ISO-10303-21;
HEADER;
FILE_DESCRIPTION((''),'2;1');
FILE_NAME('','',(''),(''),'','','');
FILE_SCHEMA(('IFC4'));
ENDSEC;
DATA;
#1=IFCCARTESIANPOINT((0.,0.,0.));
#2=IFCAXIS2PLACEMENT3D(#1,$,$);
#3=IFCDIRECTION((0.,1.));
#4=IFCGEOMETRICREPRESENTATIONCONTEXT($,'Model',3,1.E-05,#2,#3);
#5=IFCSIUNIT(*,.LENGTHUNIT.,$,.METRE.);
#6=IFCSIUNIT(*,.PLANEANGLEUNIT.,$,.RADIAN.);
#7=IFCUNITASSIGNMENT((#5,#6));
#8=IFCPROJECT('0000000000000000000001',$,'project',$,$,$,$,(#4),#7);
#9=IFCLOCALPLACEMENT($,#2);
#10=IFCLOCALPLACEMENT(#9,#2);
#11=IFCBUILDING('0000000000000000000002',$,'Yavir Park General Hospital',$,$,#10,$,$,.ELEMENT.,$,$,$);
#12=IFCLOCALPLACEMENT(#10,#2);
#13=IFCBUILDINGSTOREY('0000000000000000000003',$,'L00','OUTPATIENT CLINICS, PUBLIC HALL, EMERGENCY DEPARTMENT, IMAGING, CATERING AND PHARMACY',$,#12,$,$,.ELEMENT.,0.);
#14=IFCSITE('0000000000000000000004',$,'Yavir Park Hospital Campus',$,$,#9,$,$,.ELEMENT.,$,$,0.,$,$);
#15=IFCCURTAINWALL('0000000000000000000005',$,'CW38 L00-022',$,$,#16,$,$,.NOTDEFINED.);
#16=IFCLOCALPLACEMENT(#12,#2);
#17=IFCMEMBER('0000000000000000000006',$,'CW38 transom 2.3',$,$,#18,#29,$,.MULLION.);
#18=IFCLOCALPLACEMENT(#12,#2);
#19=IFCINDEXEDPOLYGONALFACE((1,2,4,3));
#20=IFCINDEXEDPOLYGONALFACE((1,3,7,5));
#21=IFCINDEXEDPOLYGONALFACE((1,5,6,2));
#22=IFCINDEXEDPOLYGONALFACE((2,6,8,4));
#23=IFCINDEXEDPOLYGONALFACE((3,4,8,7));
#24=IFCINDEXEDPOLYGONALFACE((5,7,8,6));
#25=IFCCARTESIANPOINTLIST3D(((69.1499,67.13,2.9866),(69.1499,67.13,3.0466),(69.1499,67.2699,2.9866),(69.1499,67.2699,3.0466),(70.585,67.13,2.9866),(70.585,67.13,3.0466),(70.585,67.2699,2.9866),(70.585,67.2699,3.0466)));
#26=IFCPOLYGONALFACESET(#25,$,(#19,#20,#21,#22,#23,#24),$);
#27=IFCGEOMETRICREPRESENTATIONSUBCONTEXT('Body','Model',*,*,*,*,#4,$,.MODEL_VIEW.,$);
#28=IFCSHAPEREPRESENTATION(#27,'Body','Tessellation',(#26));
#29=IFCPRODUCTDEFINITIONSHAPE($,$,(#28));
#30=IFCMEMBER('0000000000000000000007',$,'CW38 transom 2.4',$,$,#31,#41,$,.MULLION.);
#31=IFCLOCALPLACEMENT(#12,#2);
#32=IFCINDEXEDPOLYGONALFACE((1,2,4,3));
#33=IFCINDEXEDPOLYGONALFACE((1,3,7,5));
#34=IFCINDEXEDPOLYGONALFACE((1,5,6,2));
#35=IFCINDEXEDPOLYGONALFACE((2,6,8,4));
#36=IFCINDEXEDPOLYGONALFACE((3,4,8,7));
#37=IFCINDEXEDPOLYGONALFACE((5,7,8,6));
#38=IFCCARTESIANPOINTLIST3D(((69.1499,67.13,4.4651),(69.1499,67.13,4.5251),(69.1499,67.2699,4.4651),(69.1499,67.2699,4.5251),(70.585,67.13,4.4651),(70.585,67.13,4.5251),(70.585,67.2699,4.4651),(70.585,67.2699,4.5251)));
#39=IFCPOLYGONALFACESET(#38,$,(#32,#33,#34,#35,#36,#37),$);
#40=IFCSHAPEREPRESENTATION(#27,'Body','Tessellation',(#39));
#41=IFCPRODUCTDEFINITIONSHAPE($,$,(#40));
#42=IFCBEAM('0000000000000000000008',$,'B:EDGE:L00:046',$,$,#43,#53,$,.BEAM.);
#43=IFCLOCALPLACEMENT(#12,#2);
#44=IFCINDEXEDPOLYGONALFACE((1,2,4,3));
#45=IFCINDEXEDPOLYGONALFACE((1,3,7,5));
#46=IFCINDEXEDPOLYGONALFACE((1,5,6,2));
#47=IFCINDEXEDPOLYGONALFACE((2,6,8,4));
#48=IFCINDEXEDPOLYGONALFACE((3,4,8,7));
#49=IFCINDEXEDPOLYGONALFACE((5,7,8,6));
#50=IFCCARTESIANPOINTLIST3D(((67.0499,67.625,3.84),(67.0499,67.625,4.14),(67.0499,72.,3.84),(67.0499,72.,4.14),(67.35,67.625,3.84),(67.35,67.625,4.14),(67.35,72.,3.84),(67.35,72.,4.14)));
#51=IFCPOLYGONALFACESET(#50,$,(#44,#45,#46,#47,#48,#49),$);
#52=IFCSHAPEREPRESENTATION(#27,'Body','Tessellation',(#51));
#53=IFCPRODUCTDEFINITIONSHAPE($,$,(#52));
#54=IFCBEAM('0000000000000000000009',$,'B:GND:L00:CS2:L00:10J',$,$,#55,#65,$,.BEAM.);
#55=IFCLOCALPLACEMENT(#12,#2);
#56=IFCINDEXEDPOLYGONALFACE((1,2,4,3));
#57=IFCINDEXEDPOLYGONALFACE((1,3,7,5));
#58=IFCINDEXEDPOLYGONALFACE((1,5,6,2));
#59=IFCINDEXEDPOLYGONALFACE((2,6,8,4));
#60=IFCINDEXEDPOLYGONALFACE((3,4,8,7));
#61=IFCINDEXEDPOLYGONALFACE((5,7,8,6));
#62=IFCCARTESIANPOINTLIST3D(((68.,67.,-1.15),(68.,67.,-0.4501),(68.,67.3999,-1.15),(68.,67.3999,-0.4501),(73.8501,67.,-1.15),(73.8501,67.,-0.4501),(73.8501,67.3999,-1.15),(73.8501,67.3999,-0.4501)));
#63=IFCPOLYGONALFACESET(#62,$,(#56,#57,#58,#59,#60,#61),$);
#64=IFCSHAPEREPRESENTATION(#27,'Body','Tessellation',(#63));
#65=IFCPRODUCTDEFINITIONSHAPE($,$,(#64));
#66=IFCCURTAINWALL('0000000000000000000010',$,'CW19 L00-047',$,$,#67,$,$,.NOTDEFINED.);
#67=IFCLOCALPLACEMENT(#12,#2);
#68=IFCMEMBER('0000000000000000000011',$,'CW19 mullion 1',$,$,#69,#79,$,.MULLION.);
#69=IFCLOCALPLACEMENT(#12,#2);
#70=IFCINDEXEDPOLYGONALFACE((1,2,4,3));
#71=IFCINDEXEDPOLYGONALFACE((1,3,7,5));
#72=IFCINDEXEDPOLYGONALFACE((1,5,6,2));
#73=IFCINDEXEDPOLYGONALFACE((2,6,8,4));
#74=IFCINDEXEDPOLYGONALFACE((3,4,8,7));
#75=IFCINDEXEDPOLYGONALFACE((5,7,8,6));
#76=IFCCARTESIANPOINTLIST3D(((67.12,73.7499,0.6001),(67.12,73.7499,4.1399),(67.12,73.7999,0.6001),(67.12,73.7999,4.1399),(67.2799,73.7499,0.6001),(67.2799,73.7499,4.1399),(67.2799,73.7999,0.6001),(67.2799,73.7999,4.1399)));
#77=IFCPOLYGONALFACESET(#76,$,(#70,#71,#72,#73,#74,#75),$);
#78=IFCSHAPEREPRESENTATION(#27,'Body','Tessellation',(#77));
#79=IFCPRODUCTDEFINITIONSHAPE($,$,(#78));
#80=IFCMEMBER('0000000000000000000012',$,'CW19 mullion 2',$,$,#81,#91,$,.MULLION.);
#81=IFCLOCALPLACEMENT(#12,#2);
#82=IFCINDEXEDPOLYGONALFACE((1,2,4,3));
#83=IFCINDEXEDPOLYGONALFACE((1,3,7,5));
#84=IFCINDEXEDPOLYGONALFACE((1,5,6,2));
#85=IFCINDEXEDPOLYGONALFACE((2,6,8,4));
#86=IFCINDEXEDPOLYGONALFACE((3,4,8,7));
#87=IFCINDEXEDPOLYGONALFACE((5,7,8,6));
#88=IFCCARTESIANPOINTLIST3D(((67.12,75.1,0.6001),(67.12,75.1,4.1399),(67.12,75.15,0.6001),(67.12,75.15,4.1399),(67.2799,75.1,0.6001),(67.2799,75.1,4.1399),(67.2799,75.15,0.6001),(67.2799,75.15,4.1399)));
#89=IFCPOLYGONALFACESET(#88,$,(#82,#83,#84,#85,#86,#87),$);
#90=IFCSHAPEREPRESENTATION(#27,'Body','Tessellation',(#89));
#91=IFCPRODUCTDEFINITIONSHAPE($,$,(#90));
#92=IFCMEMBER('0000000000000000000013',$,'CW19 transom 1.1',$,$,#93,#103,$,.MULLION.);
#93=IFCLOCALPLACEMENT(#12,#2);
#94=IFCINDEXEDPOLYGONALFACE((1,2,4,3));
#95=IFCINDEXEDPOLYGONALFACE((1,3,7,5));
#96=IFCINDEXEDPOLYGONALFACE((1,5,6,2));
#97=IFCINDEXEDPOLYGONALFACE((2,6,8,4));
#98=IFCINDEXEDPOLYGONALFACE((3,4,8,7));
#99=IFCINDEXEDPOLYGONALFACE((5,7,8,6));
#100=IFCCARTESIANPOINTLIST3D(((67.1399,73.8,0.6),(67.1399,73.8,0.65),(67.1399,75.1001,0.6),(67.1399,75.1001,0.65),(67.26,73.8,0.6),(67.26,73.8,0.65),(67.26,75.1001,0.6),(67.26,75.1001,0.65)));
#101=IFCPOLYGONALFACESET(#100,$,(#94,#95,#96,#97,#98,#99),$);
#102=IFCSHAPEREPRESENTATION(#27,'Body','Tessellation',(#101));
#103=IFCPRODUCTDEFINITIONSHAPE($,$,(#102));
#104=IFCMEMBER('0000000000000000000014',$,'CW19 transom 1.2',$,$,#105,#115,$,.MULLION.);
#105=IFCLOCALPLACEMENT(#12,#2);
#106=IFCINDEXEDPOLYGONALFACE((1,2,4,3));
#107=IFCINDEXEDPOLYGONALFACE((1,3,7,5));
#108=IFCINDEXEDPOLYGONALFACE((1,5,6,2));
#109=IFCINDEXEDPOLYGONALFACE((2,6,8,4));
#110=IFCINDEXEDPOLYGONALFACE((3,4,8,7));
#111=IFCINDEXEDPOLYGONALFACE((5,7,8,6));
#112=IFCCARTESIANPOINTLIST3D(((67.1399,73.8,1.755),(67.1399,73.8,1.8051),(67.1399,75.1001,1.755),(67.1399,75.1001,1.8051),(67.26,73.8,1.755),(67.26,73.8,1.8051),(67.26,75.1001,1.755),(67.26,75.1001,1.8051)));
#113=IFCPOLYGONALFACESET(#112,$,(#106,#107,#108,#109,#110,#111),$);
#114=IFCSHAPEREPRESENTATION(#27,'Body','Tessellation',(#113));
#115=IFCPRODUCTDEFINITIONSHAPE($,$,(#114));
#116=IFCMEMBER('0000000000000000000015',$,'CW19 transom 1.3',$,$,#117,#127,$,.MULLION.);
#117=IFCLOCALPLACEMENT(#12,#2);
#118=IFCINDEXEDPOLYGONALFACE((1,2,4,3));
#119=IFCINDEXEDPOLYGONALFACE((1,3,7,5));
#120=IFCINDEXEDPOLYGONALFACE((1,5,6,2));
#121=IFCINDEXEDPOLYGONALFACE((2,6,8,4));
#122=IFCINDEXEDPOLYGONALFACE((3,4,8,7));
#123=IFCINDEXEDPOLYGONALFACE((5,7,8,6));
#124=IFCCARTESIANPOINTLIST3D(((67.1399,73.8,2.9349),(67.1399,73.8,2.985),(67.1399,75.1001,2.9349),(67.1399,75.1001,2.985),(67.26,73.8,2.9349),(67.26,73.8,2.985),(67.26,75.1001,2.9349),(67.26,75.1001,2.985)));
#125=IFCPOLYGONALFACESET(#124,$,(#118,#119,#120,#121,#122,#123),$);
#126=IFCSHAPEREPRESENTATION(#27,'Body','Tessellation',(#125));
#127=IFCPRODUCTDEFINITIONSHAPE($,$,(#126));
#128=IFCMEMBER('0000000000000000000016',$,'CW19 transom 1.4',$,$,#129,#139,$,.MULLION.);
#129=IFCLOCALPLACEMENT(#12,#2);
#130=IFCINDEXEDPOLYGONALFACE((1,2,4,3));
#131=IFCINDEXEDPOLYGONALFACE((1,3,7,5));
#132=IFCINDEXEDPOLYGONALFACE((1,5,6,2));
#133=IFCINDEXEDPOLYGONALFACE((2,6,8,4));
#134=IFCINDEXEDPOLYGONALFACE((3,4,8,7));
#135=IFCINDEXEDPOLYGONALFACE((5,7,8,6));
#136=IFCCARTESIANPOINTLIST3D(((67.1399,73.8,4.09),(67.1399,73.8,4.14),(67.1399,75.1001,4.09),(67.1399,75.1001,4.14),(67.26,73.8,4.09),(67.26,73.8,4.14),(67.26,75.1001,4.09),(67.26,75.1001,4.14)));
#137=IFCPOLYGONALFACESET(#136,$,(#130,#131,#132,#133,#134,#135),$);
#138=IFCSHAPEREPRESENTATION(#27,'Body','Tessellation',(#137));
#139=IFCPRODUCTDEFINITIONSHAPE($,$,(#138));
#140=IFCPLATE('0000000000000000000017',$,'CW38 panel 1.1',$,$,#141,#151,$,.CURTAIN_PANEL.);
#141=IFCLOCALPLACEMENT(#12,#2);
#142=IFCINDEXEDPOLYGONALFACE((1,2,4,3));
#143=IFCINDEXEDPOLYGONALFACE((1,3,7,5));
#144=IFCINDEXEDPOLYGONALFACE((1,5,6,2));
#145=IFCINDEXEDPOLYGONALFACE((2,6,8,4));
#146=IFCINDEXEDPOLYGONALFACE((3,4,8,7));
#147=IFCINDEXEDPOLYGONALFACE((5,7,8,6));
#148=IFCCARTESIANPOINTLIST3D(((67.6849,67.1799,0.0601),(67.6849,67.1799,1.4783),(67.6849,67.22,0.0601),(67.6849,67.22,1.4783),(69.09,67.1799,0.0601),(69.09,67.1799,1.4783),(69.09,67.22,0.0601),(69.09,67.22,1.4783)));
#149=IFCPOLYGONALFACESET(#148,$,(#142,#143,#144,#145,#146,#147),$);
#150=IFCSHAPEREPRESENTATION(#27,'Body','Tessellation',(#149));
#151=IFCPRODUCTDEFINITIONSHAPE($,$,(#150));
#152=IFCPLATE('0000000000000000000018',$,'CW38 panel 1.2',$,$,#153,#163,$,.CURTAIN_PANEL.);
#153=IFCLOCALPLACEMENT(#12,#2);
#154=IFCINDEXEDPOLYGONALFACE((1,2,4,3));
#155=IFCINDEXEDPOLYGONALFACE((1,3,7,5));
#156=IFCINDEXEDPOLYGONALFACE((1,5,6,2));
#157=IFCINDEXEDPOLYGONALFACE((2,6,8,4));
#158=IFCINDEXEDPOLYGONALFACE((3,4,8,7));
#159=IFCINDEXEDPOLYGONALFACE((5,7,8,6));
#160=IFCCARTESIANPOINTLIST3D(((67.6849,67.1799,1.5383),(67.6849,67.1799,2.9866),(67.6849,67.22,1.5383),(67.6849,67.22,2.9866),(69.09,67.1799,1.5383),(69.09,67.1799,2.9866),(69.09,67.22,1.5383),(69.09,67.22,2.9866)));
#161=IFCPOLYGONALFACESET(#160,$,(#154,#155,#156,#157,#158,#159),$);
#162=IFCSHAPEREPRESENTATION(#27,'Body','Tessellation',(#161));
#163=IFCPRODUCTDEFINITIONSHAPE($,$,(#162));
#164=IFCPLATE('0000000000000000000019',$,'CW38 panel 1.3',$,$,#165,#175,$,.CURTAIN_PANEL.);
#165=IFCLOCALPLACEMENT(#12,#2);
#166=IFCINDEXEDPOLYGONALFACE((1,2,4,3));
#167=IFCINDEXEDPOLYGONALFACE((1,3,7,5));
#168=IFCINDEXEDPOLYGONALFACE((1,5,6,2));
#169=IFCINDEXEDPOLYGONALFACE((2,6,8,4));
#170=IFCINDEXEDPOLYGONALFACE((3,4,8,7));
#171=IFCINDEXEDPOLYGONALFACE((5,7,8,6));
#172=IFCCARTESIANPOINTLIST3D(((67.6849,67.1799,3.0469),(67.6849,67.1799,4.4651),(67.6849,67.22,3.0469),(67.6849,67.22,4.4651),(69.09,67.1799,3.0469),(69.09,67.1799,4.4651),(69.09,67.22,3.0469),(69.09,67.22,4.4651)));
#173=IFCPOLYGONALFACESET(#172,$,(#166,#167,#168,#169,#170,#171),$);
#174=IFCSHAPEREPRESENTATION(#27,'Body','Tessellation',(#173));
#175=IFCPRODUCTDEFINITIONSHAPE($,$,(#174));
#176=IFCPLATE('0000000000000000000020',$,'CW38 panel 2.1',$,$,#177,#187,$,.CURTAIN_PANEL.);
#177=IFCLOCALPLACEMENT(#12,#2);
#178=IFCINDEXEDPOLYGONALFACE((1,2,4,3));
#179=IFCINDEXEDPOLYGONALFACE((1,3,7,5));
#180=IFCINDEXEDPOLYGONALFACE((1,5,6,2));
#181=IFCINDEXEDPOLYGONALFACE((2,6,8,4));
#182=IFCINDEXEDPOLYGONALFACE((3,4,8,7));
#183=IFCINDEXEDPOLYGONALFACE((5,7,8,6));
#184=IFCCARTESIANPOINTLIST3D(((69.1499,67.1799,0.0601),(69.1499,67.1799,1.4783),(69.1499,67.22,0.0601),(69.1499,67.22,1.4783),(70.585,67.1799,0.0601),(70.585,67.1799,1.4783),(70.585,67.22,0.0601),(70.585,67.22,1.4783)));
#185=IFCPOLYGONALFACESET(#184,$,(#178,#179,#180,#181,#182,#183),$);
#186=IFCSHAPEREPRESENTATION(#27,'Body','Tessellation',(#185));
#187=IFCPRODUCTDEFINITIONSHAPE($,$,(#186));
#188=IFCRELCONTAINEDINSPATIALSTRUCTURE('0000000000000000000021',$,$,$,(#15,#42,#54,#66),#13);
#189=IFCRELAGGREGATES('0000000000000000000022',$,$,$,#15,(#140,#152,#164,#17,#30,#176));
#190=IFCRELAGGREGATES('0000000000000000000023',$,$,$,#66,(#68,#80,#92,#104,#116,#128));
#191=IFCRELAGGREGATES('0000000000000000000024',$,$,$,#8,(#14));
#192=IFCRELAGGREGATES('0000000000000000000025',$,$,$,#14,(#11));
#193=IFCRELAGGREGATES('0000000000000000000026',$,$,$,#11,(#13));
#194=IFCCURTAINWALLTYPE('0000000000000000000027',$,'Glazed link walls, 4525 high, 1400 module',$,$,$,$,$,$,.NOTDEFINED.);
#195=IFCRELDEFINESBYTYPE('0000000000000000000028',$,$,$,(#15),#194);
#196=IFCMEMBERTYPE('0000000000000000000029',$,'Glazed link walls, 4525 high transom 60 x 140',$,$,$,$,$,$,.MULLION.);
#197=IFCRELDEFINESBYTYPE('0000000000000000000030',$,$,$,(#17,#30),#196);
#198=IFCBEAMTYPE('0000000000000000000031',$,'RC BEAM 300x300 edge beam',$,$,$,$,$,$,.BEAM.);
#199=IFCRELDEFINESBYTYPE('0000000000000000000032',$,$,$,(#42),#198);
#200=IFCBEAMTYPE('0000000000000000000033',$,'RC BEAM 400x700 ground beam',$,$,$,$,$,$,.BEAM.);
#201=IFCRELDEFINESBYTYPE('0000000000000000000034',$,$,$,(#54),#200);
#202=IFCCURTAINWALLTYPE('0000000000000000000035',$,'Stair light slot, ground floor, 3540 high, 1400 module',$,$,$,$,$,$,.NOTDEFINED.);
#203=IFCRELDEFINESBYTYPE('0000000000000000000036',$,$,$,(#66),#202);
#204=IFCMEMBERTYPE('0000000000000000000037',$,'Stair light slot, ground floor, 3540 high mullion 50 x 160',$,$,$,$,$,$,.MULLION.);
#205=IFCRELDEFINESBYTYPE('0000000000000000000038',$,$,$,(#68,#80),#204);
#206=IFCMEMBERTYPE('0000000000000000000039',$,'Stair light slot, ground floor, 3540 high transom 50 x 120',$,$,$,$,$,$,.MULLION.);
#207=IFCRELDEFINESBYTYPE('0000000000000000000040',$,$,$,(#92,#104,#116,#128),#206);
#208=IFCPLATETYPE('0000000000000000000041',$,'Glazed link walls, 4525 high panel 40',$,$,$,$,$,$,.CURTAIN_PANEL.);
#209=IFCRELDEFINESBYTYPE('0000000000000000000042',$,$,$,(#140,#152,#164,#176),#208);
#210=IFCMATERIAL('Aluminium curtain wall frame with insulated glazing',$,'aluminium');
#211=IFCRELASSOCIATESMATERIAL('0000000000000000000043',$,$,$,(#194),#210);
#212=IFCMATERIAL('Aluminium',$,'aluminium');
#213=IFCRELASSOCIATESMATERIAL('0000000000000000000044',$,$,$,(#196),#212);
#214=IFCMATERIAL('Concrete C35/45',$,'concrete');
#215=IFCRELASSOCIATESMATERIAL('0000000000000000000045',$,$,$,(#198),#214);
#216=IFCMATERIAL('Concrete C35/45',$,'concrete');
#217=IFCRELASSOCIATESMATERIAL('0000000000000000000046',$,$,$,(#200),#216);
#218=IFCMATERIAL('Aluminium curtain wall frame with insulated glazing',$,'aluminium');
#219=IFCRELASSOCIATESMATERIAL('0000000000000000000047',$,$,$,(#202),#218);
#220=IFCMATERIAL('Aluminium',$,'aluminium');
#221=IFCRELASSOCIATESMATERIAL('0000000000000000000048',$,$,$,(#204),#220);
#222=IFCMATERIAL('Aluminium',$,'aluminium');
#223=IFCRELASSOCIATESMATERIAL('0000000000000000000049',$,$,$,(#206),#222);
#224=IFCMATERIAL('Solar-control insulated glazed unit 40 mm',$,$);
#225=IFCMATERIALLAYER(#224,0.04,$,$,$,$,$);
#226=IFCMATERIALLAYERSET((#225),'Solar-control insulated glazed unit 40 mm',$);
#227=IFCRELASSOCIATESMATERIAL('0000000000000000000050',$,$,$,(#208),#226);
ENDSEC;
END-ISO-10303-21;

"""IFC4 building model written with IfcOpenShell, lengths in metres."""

from ifc_helpers import new_model, si_unit, direction, frame, origin, origin_2d, place, context, subcontext, project, spatial, rectangle, extrude, material, layer, layer_set, material_profile, profile_set, type_object, element, aggregate, save


model = new_model("IFC4")

# Units and contexts
model_context = context("Model", 3, precision=1e-05, world=origin(), true_north=direction((0.0, 1.0)))
body_context = subcontext(model_context, "Body", "Model", "MODEL_VIEW")
ifc_project = project(units=[si_unit("LENGTHUNIT", "METRE"), si_unit("PLANEANGLEUNIT", "RADIAN")], contexts=[model_context])

# Site, building, storey
site_placement = place(None, origin())
site = spatial("IfcSite", under=ifc_project, at=site_placement, Name="Yavir Park Hospital Campus", CompositionType="ELEMENT", RefElevation=0.0)
building_placement = place(site_placement, origin())
building = spatial("IfcBuilding", under=site, at=building_placement, Name="Yavir Park General Hospital", CompositionType="ELEMENT")
storey_placement = place(building_placement, origin())
storey = spatial("IfcBuildingStorey", under=building, at=storey_placement, Name="L00", Description="OUTPATIENT CLINICS, PUBLIC HALL, EMERGENCY DEPARTMENT, IMAGING, CATERING AND PHARMACY", CompositionType="ELEMENT", Elevation=0.0)

# Curtain wall, members
ifc_material_1 = material(Name="Aluminium curtain wall frame with insulated glazing", Category="aluminium")
curtain_wall_type_1 = type_object("IfcCurtainWallType", Name="Glazed link walls, 4525 high, 1400 module", PredefinedType="NOTDEFINED", material=ifc_material_1)
curtain_wall_1_placement = place(storey_placement, origin())
curtain_wall_1 = element("IfcCurtainWall", 1, at=curtain_wall_1_placement, inside=storey, type_object=curtain_wall_type_1, Name="CW38 L00-022", PredefinedType="NOTDEFINED")
ifc_material_2 = material(Name="Aluminium", Category="aluminium")
ifc_material_profile_1 = material_profile(ifc_material_2, rectangle(XDim=0.1399, YDim=0.0601, at=origin_2d()), Name="AL 140x60")
ifc_profile_set_1 = profile_set([ifc_material_profile_1], Name="Aluminium")
member_type_1 = type_object("IfcMemberType", Name="Glazed link walls, 4525 high transom 60 x 140", PredefinedType="MULLION", material=ifc_profile_set_1)
member_1_placement = place(storey_placement, frame((69.1499, 67.2, 3.0166), z_axis=(1.0, 0.0, 0.0), x_axis=(0.0, 1.0, 0.0)))
member_1 = element("IfcMember", 2, at=member_1_placement, type_object=member_type_1, Name="CW38 transom 2.3", PredefinedType="MULLION", context=body_context, shape_type="SweptSolid", body=[
    extrude(rectangle(XDim=0.1399, YDim=0.0601, at=origin_2d()), origin(), (0.0, 0.0, 1.0), 1.4351),
])
member_2_placement = place(storey_placement, frame((69.1499, 67.2, 4.4951), z_axis=(1.0, 0.0, 0.0), x_axis=(0.0, 1.0, 0.0)))
member_2 = element("IfcMember", 3, at=member_2_placement, type_object=member_type_1, Name="CW38 transom 2.4", PredefinedType="MULLION", context=body_context, shape_type="SweptSolid", body=[
    extrude(rectangle(XDim=0.1399, YDim=0.0601, at=origin_2d()), origin(), (0.0, 0.0, 1.0), 1.4351),
])

# Beams
ifc_material_3 = material(Name="Concrete C35/45", Category="concrete")
ifc_material_profile_2 = material_profile(ifc_material_3, rectangle(XDim=0.3, YDim=0.3, at=origin_2d()), Name="RC300x300")
ifc_profile_set_2 = profile_set([ifc_material_profile_2], Name="Concrete C35/45")
beam_type_1 = type_object("IfcBeamType", Name="RC BEAM 300x300 edge beam", PredefinedType="BEAM", material=ifc_profile_set_2)
beam_1_placement = place(storey_placement, frame((67.2, 67.625, 3.99), z_axis=(0.0, 1.0, 0.0), x_axis=(-1.0, 0.0, 0.0)))
element("IfcBeam", 4, at=beam_1_placement, inside=storey, type_object=beam_type_1, Name="B:EDGE:L00:046", PredefinedType="BEAM", context=body_context, shape_type="SweptSolid", body=[
    extrude(rectangle(XDim=0.3, YDim=0.3, at=origin_2d()), origin(), (0.0, 0.0, 1.0), 4.375),
])
ifc_material_4 = material(Name="Concrete C35/45", Category="concrete")
ifc_material_profile_3 = material_profile(ifc_material_4, rectangle(XDim=0.3999, YDim=0.7, at=origin_2d()), Name="RC400x700")
ifc_profile_set_3 = profile_set([ifc_material_profile_3], Name="Concrete C35/45")
beam_type_2 = type_object("IfcBeamType", Name="RC BEAM 400x700 ground beam", PredefinedType="BEAM", material=ifc_profile_set_3)
beam_2_placement = place(storey_placement, frame((68.0, 67.2, -0.8), z_axis=(1.0, 0.0, 0.0), x_axis=(0.0, 1.0, 0.0)))
element("IfcBeam", 5, at=beam_2_placement, inside=storey, type_object=beam_type_2, Name="B:GND:L00:CS2:L00:10J", PredefinedType="BEAM", context=body_context, shape_type="SweptSolid", body=[
    extrude(rectangle(XDim=0.3999, YDim=0.7, at=origin_2d()), origin(), (0.0, 0.0, 1.0), 5.8501),
])

# Curtain wall, members
ifc_material_5 = material(Name="Aluminium curtain wall frame with insulated glazing", Category="aluminium")
curtain_wall_type_2 = type_object("IfcCurtainWallType", Name="Stair light slot, ground floor, 3540 high, 1400 module", PredefinedType="NOTDEFINED", material=ifc_material_5)
curtain_wall_2_placement = place(storey_placement, origin())
curtain_wall_2 = element("IfcCurtainWall", 6, at=curtain_wall_2_placement, inside=storey, type_object=curtain_wall_type_2, Name="CW19 L00-047", PredefinedType="NOTDEFINED")
ifc_material_6 = material(Name="Aluminium", Category="aluminium")
ifc_material_profile_4 = material_profile(ifc_material_6, rectangle(XDim=0.1599, YDim=0.05, at=origin_2d()), Name="AL 50x160")
ifc_profile_set_4 = profile_set([ifc_material_profile_4], Name="Aluminium")
member_type_2 = type_object("IfcMemberType", Name="Stair light slot, ground floor, 3540 high mullion 50 x 160", PredefinedType="MULLION", material=ifc_profile_set_4)
member_3_placement = place(storey_placement, frame((67.2, 73.7749, 0.6001), z_axis=(0.0, 0.0, 1.0), x_axis=(-1.0, 0.0, 0.0)))
member_3 = element("IfcMember", 7, at=member_3_placement, type_object=member_type_2, Name="CW19 mullion 1", PredefinedType="MULLION", context=body_context, shape_type="SweptSolid", body=[
    extrude(rectangle(XDim=0.1599, YDim=0.05, at=origin_2d()), origin(), (0.0, 0.0, 1.0), 3.5398),
])
member_4_placement = place(storey_placement, frame((67.2, 75.125, 0.6001), z_axis=(0.0, 0.0, 1.0), x_axis=(-1.0, 0.0, 0.0)))
member_4 = element("IfcMember", 8, at=member_4_placement, type_object=member_type_2, Name="CW19 mullion 2", PredefinedType="MULLION", context=body_context, shape_type="SweptSolid", body=[
    extrude(rectangle(XDim=0.1599, YDim=0.05, at=origin_2d()), origin(), (0.0, 0.0, 1.0), 3.5398),
])
ifc_material_7 = material(Name="Aluminium", Category="aluminium")
ifc_material_profile_5 = material_profile(ifc_material_7, rectangle(XDim=0.1201, YDim=0.05, at=origin_2d()), Name="AL 120x50")
ifc_profile_set_5 = profile_set([ifc_material_profile_5], Name="Aluminium")
member_type_3 = type_object("IfcMemberType", Name="Stair light slot, ground floor, 3540 high transom 50 x 120", PredefinedType="MULLION", material=ifc_profile_set_5)
member_5_placement = place(storey_placement, frame((67.2, 73.8, 0.625), z_axis=(0.0, 1.0, 0.0), x_axis=(-1.0, 0.0, 0.0)))
member_5 = element("IfcMember", 9, at=member_5_placement, type_object=member_type_3, Name="CW19 transom 1.1", PredefinedType="MULLION", context=body_context, shape_type="SweptSolid", body=[
    extrude(rectangle(XDim=0.1201, YDim=0.05, at=origin_2d()), origin(), (0.0, 0.0, 1.0), 1.3),
])
member_6_placement = place(storey_placement, frame((67.2, 73.8, 1.78), z_axis=(0.0, 1.0, 0.0), x_axis=(-1.0, 0.0, 0.0)))
member_6 = element("IfcMember", 10, at=member_6_placement, type_object=member_type_3, Name="CW19 transom 1.2", PredefinedType="MULLION", context=body_context, shape_type="SweptSolid", body=[
    extrude(rectangle(XDim=0.1201, YDim=0.05, at=origin_2d()), origin(), (0.0, 0.0, 1.0), 1.3),
])
member_7_placement = place(storey_placement, frame((67.2, 73.8, 2.96), z_axis=(0.0, 1.0, 0.0), x_axis=(-1.0, 0.0, 0.0)))
member_7 = element("IfcMember", 11, at=member_7_placement, type_object=member_type_3, Name="CW19 transom 1.3", PredefinedType="MULLION", context=body_context, shape_type="SweptSolid", body=[
    extrude(rectangle(XDim=0.1201, YDim=0.05, at=origin_2d()), origin(), (0.0, 0.0, 1.0), 1.3),
])
member_8_placement = place(storey_placement, frame((67.2, 73.8, 4.115), z_axis=(0.0, 1.0, 0.0), x_axis=(-1.0, 0.0, 0.0)))
member_8 = element("IfcMember", 12, at=member_8_placement, type_object=member_type_3, Name="CW19 transom 1.4", PredefinedType="MULLION", context=body_context, shape_type="SweptSolid", body=[
    extrude(rectangle(XDim=0.1201, YDim=0.05, at=origin_2d()), origin(), (0.0, 0.0, 1.0), 1.3),
])

# Plates
ifc_material_8 = material(Name="Solar-control insulated glazed unit 40 mm")
ifc_layer_1 = layer(ifc_material_8, 0.04)
ifc_layer_set_1 = layer_set([ifc_layer_1], Name="Solar-control insulated glazed unit 40 mm")
plate_type_1 = type_object("IfcPlateType", Name="Glazed link walls, 4525 high panel 40", PredefinedType="CURTAIN_PANEL", material=ifc_layer_set_1)
plate_1_placement = place(storey_placement, frame((68.3875, 67.2, 0.0601), z_axis=(0.0, 0.0, 1.0), x_axis=(1.0, 0.0, 0.0)))
plate_1 = element("IfcPlate", 13, at=plate_1_placement, type_object=plate_type_1, Name="CW38 panel 1.1", PredefinedType="CURTAIN_PANEL", context=body_context, shape_type="SweptSolid", body=[
    extrude(rectangle(XDim=1.405, YDim=0.04, at=origin_2d()), origin(), (0.0, 0.0, 1.0), 1.4182),
])
plate_2_placement = place(storey_placement, frame((68.3875, 67.2, 1.5383), z_axis=(0.0, 0.0, 1.0), x_axis=(1.0, 0.0, 0.0)))
plate_2 = element("IfcPlate", 14, at=plate_2_placement, type_object=plate_type_1, Name="CW38 panel 1.2", PredefinedType="CURTAIN_PANEL", context=body_context, shape_type="SweptSolid", body=[
    extrude(rectangle(XDim=1.405, YDim=0.04, at=origin_2d()), origin(), (0.0, 0.0, 1.0), 1.4482),
])
plate_3_placement = place(storey_placement, frame((68.3875, 67.2, 3.0469), z_axis=(0.0, 0.0, 1.0), x_axis=(1.0, 0.0, 0.0)))
plate_3 = element("IfcPlate", 15, at=plate_3_placement, type_object=plate_type_1, Name="CW38 panel 1.3", PredefinedType="CURTAIN_PANEL", context=body_context, shape_type="SweptSolid", body=[
    extrude(rectangle(XDim=1.405, YDim=0.04, at=origin_2d()), origin(), (0.0, 0.0, 1.0), 1.4182),
])
plate_4_placement = place(storey_placement, frame((69.8674, 67.2, 0.0601), z_axis=(0.0, 0.0, 1.0), x_axis=(1.0, 0.0, 0.0)))
plate_4 = element("IfcPlate", 16, at=plate_4_placement, type_object=plate_type_1, Name="CW38 panel 2.1", PredefinedType="CURTAIN_PANEL", context=body_context, shape_type="SweptSolid", body=[
    extrude(rectangle(XDim=1.4351, YDim=0.04, at=origin_2d()), origin(), (0.0, 0.0, 1.0), 1.4182),
])
aggregate(curtain_wall_1, [plate_1, plate_2, plate_3, member_1, member_2, plate_4])
aggregate(curtain_wall_2, [member_3, member_4, member_5, member_6, member_7, member_8])

save(model, "model.ifc")
